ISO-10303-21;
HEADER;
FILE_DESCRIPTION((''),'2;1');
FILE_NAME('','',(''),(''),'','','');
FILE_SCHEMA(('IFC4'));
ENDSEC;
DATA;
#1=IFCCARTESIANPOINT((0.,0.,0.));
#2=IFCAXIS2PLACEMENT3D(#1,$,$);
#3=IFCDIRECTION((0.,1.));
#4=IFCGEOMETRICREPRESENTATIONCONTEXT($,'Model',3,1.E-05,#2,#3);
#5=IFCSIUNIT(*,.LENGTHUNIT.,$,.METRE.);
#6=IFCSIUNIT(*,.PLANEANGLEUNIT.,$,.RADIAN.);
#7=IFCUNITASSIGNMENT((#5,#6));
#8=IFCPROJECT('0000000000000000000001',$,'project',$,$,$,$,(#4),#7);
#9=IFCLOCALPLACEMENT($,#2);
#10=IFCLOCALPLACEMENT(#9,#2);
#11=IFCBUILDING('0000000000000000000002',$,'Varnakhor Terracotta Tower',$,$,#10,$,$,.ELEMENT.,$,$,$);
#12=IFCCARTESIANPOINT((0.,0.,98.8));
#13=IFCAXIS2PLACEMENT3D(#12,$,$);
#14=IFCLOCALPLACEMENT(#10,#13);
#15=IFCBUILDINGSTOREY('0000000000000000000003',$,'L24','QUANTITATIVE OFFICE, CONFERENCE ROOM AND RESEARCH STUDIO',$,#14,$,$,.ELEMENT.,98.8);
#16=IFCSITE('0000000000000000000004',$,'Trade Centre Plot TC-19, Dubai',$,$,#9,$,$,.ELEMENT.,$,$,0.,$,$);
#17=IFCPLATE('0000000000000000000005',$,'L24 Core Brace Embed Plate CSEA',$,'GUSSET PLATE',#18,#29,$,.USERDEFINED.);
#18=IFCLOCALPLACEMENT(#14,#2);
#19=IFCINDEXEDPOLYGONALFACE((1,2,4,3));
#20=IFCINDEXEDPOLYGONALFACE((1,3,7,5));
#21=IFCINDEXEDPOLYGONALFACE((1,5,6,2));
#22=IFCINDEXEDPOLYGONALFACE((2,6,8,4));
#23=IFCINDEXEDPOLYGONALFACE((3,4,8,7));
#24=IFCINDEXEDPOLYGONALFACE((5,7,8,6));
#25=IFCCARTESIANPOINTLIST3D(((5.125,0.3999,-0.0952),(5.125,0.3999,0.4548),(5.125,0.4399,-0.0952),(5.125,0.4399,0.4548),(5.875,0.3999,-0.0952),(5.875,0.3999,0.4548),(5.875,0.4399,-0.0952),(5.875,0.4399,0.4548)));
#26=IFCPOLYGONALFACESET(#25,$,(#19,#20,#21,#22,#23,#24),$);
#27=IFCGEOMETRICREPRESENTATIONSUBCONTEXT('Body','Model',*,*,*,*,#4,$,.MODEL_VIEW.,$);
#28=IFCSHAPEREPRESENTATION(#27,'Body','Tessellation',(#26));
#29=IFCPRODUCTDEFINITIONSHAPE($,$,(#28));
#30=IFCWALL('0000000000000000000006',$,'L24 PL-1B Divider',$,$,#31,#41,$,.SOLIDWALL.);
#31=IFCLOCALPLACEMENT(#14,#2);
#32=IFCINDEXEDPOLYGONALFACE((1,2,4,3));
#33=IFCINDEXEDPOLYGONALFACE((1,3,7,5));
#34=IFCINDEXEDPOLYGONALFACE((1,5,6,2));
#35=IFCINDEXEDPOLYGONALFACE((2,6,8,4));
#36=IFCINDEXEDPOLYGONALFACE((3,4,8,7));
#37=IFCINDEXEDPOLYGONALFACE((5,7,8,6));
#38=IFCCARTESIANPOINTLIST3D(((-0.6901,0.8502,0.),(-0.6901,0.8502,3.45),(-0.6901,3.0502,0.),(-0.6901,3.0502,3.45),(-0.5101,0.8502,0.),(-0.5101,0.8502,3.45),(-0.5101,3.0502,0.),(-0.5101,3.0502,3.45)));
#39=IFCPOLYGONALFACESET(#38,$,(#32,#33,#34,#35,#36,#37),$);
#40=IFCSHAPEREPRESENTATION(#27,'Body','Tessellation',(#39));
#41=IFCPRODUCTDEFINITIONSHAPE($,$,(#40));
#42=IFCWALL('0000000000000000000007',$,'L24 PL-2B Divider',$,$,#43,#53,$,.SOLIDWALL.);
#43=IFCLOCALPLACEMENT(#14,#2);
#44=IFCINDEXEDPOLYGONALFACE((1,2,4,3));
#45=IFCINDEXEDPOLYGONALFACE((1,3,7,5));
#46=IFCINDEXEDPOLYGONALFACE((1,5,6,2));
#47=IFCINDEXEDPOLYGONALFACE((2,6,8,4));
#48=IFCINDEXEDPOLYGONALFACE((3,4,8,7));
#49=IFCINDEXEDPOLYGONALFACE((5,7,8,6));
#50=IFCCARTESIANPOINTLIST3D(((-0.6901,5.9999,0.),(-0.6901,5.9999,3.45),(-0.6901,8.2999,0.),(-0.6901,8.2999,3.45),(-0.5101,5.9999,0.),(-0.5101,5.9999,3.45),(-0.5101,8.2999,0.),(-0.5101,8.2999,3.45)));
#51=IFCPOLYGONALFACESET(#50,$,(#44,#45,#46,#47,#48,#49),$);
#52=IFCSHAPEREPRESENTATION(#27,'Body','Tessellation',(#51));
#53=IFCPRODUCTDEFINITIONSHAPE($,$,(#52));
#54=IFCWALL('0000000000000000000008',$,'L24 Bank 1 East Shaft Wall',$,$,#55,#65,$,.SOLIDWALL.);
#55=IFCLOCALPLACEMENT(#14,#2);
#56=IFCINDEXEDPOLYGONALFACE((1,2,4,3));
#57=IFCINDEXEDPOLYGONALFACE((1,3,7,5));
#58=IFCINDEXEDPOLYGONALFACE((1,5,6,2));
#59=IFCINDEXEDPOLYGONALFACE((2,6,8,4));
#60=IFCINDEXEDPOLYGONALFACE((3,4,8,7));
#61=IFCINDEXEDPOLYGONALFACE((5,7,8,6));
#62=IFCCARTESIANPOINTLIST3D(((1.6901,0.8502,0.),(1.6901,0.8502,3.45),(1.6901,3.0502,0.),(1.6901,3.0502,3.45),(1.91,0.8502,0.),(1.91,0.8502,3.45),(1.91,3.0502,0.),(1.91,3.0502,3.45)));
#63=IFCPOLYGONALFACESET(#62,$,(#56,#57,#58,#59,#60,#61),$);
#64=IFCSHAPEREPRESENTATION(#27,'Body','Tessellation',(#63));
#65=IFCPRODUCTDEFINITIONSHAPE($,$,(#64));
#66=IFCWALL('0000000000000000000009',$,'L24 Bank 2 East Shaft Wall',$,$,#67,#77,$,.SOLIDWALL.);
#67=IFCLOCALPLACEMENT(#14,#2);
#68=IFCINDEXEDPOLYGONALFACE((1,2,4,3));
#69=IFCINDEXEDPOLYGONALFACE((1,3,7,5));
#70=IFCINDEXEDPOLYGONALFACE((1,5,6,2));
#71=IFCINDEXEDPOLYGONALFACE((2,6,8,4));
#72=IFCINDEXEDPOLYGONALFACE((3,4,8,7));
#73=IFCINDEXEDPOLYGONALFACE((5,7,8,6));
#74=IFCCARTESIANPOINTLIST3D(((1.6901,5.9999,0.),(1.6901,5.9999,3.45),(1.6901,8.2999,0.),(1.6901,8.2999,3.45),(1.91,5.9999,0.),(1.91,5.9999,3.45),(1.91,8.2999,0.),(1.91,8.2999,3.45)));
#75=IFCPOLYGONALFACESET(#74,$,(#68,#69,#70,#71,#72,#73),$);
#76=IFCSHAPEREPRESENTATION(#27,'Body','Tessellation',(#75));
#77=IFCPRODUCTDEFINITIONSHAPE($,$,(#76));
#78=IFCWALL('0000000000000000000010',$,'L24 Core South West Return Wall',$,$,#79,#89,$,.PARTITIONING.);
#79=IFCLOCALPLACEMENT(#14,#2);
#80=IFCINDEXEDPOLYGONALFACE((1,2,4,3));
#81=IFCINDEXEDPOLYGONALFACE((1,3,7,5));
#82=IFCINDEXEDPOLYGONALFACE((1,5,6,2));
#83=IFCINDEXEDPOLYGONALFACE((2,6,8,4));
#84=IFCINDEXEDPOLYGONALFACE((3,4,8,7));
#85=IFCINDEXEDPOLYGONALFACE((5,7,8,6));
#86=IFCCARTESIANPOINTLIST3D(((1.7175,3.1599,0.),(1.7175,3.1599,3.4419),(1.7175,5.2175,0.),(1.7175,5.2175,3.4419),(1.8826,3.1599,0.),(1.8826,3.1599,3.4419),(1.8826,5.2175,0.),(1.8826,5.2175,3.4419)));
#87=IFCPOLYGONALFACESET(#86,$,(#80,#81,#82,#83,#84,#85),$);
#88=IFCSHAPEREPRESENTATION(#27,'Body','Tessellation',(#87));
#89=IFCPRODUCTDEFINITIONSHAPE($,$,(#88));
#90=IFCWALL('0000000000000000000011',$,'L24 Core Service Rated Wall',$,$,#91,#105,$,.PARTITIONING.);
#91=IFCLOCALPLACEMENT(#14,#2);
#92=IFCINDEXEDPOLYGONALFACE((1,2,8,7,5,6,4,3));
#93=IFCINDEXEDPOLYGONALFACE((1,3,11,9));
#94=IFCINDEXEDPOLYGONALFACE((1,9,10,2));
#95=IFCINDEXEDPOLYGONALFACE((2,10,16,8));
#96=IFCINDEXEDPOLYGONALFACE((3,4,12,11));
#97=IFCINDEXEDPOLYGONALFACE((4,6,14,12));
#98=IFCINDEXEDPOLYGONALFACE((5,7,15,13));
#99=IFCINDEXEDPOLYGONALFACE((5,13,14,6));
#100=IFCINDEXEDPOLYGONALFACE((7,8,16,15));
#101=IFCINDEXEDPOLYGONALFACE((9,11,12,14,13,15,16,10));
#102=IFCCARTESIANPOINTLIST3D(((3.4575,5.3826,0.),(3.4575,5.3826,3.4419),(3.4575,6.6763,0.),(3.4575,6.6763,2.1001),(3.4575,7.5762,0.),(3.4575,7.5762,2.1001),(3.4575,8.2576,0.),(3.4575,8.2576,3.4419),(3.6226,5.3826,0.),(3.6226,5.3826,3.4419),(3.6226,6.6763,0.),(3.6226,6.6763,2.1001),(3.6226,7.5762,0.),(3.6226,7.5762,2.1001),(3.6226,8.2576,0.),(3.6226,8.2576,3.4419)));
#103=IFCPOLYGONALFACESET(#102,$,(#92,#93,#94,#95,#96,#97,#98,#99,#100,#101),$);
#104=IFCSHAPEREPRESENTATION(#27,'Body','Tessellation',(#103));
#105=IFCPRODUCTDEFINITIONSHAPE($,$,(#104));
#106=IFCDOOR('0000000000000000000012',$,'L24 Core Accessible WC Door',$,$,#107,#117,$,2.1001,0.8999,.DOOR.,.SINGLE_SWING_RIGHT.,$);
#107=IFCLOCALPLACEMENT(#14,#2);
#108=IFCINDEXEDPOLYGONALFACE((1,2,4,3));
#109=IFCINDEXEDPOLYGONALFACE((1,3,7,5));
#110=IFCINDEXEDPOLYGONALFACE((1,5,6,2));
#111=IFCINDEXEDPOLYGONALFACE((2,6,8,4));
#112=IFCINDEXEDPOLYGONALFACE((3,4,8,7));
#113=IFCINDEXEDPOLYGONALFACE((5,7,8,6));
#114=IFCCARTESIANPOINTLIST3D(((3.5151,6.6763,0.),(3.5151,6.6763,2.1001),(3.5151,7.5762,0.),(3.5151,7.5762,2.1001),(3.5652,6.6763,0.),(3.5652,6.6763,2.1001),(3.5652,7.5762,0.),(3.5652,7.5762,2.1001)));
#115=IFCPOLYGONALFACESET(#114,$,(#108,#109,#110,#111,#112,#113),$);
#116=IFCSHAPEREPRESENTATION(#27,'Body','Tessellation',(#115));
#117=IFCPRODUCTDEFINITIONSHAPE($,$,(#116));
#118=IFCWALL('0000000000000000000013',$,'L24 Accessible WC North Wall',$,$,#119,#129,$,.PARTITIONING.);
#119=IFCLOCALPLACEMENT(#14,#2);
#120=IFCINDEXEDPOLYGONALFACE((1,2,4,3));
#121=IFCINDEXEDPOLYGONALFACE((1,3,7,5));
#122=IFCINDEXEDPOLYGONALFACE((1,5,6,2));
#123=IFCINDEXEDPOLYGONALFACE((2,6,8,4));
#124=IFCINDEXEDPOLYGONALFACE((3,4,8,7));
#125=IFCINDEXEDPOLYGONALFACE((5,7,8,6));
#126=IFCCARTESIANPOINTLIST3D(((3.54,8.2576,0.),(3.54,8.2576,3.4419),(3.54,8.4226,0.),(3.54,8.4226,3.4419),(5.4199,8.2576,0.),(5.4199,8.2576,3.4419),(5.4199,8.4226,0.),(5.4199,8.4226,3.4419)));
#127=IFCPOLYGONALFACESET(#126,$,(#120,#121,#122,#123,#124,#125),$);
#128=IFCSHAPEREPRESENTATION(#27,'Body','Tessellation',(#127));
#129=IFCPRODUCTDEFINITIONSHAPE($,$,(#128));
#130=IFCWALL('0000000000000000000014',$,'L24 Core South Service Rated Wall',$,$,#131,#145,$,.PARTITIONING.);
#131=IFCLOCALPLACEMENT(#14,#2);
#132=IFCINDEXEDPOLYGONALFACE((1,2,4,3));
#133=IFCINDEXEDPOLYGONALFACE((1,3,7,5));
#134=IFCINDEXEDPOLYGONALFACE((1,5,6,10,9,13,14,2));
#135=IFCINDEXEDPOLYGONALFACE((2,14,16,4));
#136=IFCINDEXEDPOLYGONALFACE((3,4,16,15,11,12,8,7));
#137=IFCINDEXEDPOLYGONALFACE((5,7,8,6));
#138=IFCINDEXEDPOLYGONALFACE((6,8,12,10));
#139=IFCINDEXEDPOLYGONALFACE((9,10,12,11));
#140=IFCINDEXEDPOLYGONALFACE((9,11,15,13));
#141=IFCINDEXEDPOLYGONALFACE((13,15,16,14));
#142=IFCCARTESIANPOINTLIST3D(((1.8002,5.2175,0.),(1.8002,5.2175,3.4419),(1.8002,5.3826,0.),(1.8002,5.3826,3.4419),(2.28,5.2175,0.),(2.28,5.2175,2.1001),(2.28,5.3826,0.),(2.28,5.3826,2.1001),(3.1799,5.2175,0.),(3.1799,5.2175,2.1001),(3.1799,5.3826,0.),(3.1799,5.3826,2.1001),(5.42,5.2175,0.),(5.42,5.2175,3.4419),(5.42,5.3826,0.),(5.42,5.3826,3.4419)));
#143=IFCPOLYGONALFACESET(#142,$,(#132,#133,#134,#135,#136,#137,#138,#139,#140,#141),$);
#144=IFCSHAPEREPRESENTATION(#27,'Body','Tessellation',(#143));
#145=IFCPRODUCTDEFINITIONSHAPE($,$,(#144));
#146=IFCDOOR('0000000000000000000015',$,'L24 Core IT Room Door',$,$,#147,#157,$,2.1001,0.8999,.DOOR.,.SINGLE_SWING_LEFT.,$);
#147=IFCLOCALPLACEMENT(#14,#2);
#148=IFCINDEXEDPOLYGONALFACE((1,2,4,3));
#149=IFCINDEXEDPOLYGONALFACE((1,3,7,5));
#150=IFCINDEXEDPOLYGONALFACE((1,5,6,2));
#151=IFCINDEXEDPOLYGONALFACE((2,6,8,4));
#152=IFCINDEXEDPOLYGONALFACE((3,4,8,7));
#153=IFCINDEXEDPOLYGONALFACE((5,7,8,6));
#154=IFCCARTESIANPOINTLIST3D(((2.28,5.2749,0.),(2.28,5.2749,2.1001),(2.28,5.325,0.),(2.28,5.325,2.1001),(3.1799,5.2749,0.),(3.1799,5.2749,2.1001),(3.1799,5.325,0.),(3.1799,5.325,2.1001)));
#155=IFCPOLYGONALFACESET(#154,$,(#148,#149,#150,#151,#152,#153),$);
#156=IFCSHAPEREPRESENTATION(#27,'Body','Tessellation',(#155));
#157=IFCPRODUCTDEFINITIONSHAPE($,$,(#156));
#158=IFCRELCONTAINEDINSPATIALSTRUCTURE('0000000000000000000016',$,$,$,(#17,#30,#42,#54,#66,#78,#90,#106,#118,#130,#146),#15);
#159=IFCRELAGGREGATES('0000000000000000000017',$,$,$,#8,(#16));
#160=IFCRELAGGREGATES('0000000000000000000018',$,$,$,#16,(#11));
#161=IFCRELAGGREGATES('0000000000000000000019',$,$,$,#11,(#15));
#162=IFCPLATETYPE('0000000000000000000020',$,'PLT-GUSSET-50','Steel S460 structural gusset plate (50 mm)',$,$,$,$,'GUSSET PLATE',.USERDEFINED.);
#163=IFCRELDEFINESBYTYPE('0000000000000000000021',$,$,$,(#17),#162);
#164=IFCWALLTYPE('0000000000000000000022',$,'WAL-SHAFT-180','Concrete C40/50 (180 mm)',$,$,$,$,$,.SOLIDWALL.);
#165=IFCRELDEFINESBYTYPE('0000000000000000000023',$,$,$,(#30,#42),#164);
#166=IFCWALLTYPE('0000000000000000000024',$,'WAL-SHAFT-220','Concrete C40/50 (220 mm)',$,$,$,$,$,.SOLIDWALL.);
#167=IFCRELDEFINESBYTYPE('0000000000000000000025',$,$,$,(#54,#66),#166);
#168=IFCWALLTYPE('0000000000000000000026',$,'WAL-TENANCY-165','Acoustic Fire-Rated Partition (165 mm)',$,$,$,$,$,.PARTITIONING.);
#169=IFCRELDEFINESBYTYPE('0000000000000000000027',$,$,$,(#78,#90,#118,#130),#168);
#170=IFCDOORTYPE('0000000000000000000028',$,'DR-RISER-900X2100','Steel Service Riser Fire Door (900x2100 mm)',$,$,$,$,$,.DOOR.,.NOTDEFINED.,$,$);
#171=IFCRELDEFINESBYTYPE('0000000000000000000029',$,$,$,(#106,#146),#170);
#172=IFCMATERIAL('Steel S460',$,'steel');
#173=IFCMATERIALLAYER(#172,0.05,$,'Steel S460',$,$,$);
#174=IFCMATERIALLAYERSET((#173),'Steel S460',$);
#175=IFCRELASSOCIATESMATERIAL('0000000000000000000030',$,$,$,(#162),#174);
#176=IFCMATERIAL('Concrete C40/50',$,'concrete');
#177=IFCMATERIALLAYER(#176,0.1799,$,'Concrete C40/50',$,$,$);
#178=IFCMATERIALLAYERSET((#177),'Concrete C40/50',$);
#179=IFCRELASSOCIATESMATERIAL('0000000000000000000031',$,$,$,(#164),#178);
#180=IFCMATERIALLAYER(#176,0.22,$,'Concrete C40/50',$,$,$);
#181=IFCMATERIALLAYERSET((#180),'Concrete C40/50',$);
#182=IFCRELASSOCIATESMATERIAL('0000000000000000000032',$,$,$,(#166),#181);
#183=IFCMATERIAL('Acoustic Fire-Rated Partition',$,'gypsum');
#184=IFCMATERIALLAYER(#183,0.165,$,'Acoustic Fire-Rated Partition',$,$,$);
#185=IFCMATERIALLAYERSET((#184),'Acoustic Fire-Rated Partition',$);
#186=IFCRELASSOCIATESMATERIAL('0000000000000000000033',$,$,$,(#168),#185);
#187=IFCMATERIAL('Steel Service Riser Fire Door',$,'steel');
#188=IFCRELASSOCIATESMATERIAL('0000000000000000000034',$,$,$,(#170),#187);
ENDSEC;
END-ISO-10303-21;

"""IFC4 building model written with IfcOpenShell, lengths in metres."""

from ifc_helpers import new_model, si_unit, direction, frame, frame_2d, origin, origin_2d, place, context, subcontext, project, spatial, rectangle, extrude, source, transform, mapped, material, layer, layer_set, type_object, type_shapes, element, fill, save


model = new_model("IFC4")

# Units and contexts
model_context = context("Model", 3, precision=1e-05, world=origin(), true_north=direction((0.0, 1.0)))
body_context = subcontext(model_context, "Body", "Model", "MODEL_VIEW")
ifc_project = project(units=[si_unit("LENGTHUNIT", "METRE"), si_unit("PLANEANGLEUNIT", "RADIAN")], contexts=[model_context])

# Site, building, storey
site_placement = place(None, origin())
site = spatial("IfcSite", under=ifc_project, at=site_placement, Name="Trade Centre Plot TC-19, Dubai", CompositionType="ELEMENT", RefElevation=0.0)
building_placement = place(site_placement, origin())
building = spatial("IfcBuilding", under=site, at=building_placement, Name="Varnakhor Terracotta Tower", CompositionType="ELEMENT")
storey_placement = place(building_placement, frame((0.0, 0.0, 98.8)))
storey = spatial("IfcBuildingStorey", under=building, at=storey_placement, Name="L24", Description="QUANTITATIVE OFFICE, CONFERENCE ROOM AND RESEARCH STUDIO", CompositionType="ELEMENT", Elevation=98.8)

# Shared definitions
ifc_material_1 = material(Name="Steel S460", Category="steel")

# Shared definitions
ifc_material_2 = material(Name="Concrete C40/50", Category="concrete")

# Plate
ifc_layer_1 = layer(ifc_material_1, 0.05, Name="Steel S460")
ifc_layer_set_1 = layer_set([ifc_layer_1], Name="Steel S460")
plate_type = type_object("IfcPlateType", Name="PLT-GUSSET-50", Description="Steel S460 structural gusset plate (50 mm)", ElementType="GUSSET PLATE", PredefinedType="USERDEFINED", material=ifc_layer_set_1)
shared_shape_1 = source(origin(), body_context, "Body", "SweptSolid", [
    extrude(rectangle(XDim=0.75, YDim=0.04, at=origin_2d()), origin(), (0.0, 0.0, 1.0), 0.55),
])
type_shapes(plate_type, [shared_shape_1])
plate_placement = place(storey_placement, frame((5.5, 0.4199, -0.0952), z_axis=(0.0, 0.0, 1.0), x_axis=(1.0, 0.0, 0.0)))
element("IfcPlate", 1, at=plate_placement, inside=storey, type_object=plate_type, Name="L24 Core Brace Embed Plate CSEA", ObjectType="GUSSET PLATE", PredefinedType="USERDEFINED", context=body_context, shape_type="MappedRepresentation", body=[
    mapped(shared_shape_1, transform((0.0, 0.0, 0.0), scale=1.0)),
])

# Walls
ifc_layer_2 = layer(ifc_material_2, 0.1799, Name="Concrete C40/50")
ifc_layer_set_2 = layer_set([ifc_layer_2], Name="Concrete C40/50")
wall_type_1 = type_object("IfcWallType", Name="WAL-SHAFT-180", Description="Concrete C40/50 (180 mm)", PredefinedType="SOLIDWALL", material=ifc_layer_set_2)
wall_1_placement = place(storey_placement, frame((-0.6001, 0.8501, 0.0), z_axis=(0.0, 0.0, 1.0), x_axis=(0.0, 1.0, 0.0)))
element("IfcWall", 2, at=wall_1_placement, inside=storey, type_object=wall_type_1, Name="L24 PL-1B Divider", PredefinedType="SOLIDWALL", context=body_context, shape_type="SweptSolid", body=[
    extrude(rectangle(XDim=2.2, YDim=0.1799, at=frame_2d((1.1001, 0.0))), origin(), (0.0, 0.0, 1.0), 3.45),
])
wall_2_placement = place(storey_placement, frame((-0.6001, 6.0, 0.0), z_axis=(0.0, 0.0, 1.0), x_axis=(0.0, 1.0, 0.0)))
element("IfcWall", 3, at=wall_2_placement, inside=storey, type_object=wall_type_1, Name="L24 PL-2B Divider", PredefinedType="SOLIDWALL", context=body_context, shape_type="SweptSolid", body=[
    extrude(rectangle(XDim=2.3, YDim=0.1799, at=frame_2d((1.1499, 0.0))), origin(), (0.0, 0.0, 1.0), 3.45),
])
ifc_layer_3 = layer(ifc_material_2, 0.22, Name="Concrete C40/50")
ifc_layer_set_3 = layer_set([ifc_layer_3], Name="Concrete C40/50")
wall_type_2 = type_object("IfcWallType", Name="WAL-SHAFT-220", Description="Concrete C40/50 (220 mm)", PredefinedType="SOLIDWALL", material=ifc_layer_set_3)
wall_3_placement = place(storey_placement, frame((1.8, 0.8501, 0.0), z_axis=(0.0, 0.0, 1.0), x_axis=(0.0, 1.0, 0.0)))
element("IfcWall", 4, at=wall_3_placement, inside=storey, type_object=wall_type_2, Name="L24 Bank 1 East Shaft Wall", PredefinedType="SOLIDWALL", context=body_context, shape_type="SweptSolid", body=[
    extrude(rectangle(XDim=2.2, YDim=0.22, at=frame_2d((1.1001, 0.0))), origin(), (0.0, 0.0, 1.0), 3.45),
])
wall_4_placement = place(storey_placement, frame((1.8, 6.0, 0.0), z_axis=(0.0, 0.0, 1.0), x_axis=(0.0, 1.0, 0.0)))
element("IfcWall", 5, at=wall_4_placement, inside=storey, type_object=wall_type_2, Name="L24 Bank 2 East Shaft Wall", PredefinedType="SOLIDWALL", context=body_context, shape_type="SweptSolid", body=[
    extrude(rectangle(XDim=2.3, YDim=0.22, at=frame_2d((1.1499, 0.0))), origin(), (0.0, 0.0, 1.0), 3.45),
])
ifc_material_3 = material(Name="Acoustic Fire-Rated Partition", Category="gypsum")
ifc_layer_4 = layer(ifc_material_3, 0.165, Name="Acoustic Fire-Rated Partition")
ifc_layer_set_4 = layer_set([ifc_layer_4], Name="Acoustic Fire-Rated Partition")
wall_type_3 = type_object("IfcWallType", Name="WAL-TENANCY-165", Description="Acoustic Fire-Rated Partition (165 mm)", PredefinedType="PARTITIONING", material=ifc_layer_set_4)
wall_5_placement = place(storey_placement, frame((1.8, 3.1599, 0.0), z_axis=(0.0, 0.0, 1.0), x_axis=(0.0, 1.0, 0.0)))
element("IfcWall", 6, at=wall_5_placement, inside=storey, type_object=wall_type_3, Name="L24 Core South West Return Wall", PredefinedType="PARTITIONING", context=body_context, shape_type="SweptSolid", body=[
    extrude(rectangle(XDim=2.0576, YDim=0.165, at=frame_2d((1.0288, 0.0))), origin(), (0.0, 0.0, 1.0), 3.4419),
])

# Wall, opening, door
wall_6_placement = place(storey_placement, frame((3.54, 5.3826, 0.0), z_axis=(0.0, 0.0, 1.0), x_axis=(0.0, 1.0, 0.0)))
wall_6 = element("IfcWall", 7, at=wall_6_placement, inside=storey, type_object=wall_type_3, Name="L24 Core Service Rated Wall", PredefinedType="PARTITIONING", context=body_context, shape_type="SweptSolid", body=[
    extrude(rectangle(XDim=2.875, YDim=0.165, at=frame_2d((1.4375, 0.0))), origin(), (0.0, 0.0, 1.0), 3.4419),
])
opening_1_placement = place(wall_6_placement, frame((1.2937, 0.0, 0.0)))
opening_1 = element("IfcOpeningElement", 8, at=opening_1_placement, cuts=wall_6, PredefinedType="OPENING", context=body_context, shape_type="SweptSolid", body=[
    extrude(rectangle(XDim=0.8999, YDim=2.1001, at=frame_2d((0.45, 1.05))), frame((0.0, 0.0925, 0.0), z_axis=(0.0, -1.0, 0.0), x_axis=(1.0, 0.0, 0.0)), (0.0, 0.0, 1.0), 0.1851),
])
ifc_material_4 = material(Name="Steel Service Riser Fire Door", Category="steel")
door_type = type_object("IfcDoorType", Name="DR-RISER-900X2100", Description="Steel Service Riser Fire Door (900x2100 mm)", OperationType="NOTDEFINED", PredefinedType="DOOR", material=ifc_material_4)
shared_shape_2 = source(origin(), body_context, "Body", "SweptSolid", [
    extrude(rectangle(XDim=0.8999, YDim=2.1001, at=frame_2d((0.45, 1.05))), frame((0.0, 0.0249, 0.0), z_axis=(0.0, -1.0, 0.0), x_axis=(1.0, 0.0, 0.0)), (0.0, 0.0, 1.0), 0.05),
])
type_shapes(door_type, [shared_shape_2])
door_1_placement = place(opening_1_placement, origin())
door_1 = element("IfcDoor", 9, at=door_1_placement, inside=storey, type_object=door_type, Name="L24 Core Accessible WC Door", OperationType="SINGLE_SWING_RIGHT", OverallHeight=2.1001, OverallWidth=0.8999, PredefinedType="DOOR", context=body_context, shape_type="MappedRepresentation", body=[
    mapped(shared_shape_2, transform((0.0, 0.0, 0.0), scale=1.0)),
])
fill(opening_1, door_1)

# Wall
wall_7_placement = place(storey_placement, frame((3.54, 8.3401, 0.0), z_axis=(0.0, 0.0, 1.0), x_axis=(1.0, 0.0, 0.0)))
element("IfcWall", 10, at=wall_7_placement, inside=storey, type_object=wall_type_3, Name="L24 Accessible WC North Wall", PredefinedType="PARTITIONING", context=body_context, shape_type="SweptSolid", body=[
    extrude(rectangle(XDim=1.8799, YDim=0.165, at=frame_2d((0.9399, 0.0))), origin(), (0.0, 0.0, 1.0), 3.4419),
])

# Wall, opening, door
wall_8_placement = place(storey_placement, frame((1.8, 5.3, 0.0), z_axis=(0.0, 0.0, 1.0), x_axis=(1.0, 0.0, 0.0)))
wall_8 = element("IfcWall", 11, at=wall_8_placement, inside=storey, type_object=wall_type_3, Name="L24 Core South Service Rated Wall", PredefinedType="PARTITIONING", context=body_context, shape_type="SweptSolid", body=[
    extrude(rectangle(XDim=3.6199, YDim=0.165, at=frame_2d((1.8101, 0.0))), origin(), (0.0, 0.0, 1.0), 3.4419),
])
opening_2_placement = place(wall_8_placement, frame((0.48, 0.0, 0.0)))
opening_2 = element("IfcOpeningElement", 12, at=opening_2_placement, cuts=wall_8, PredefinedType="OPENING", context=body_context, shape_type="SweptSolid", body=[
    extrude(rectangle(XDim=0.8999, YDim=2.1001, at=frame_2d((0.45, 1.05))), frame((0.0, 0.0925, 0.0), z_axis=(0.0, -1.0, 0.0), x_axis=(1.0, 0.0, 0.0)), (0.0, 0.0, 1.0), 0.1851),
])
door_2_placement = place(opening_2_placement, origin())
door_2 = element("IfcDoor", 13, at=door_2_placement, inside=storey, type_object=door_type, Name="L24 Core IT Room Door", OperationType="SINGLE_SWING_LEFT", OverallHeight=2.1001, OverallWidth=0.8999, PredefinedType="DOOR", context=body_context, shape_type="MappedRepresentation", body=[
    mapped(shared_shape_2, transform((0.0, 0.0, 0.0), scale=1.0)),
])
fill(opening_2, door_2)

save(model, "model.ifc")
